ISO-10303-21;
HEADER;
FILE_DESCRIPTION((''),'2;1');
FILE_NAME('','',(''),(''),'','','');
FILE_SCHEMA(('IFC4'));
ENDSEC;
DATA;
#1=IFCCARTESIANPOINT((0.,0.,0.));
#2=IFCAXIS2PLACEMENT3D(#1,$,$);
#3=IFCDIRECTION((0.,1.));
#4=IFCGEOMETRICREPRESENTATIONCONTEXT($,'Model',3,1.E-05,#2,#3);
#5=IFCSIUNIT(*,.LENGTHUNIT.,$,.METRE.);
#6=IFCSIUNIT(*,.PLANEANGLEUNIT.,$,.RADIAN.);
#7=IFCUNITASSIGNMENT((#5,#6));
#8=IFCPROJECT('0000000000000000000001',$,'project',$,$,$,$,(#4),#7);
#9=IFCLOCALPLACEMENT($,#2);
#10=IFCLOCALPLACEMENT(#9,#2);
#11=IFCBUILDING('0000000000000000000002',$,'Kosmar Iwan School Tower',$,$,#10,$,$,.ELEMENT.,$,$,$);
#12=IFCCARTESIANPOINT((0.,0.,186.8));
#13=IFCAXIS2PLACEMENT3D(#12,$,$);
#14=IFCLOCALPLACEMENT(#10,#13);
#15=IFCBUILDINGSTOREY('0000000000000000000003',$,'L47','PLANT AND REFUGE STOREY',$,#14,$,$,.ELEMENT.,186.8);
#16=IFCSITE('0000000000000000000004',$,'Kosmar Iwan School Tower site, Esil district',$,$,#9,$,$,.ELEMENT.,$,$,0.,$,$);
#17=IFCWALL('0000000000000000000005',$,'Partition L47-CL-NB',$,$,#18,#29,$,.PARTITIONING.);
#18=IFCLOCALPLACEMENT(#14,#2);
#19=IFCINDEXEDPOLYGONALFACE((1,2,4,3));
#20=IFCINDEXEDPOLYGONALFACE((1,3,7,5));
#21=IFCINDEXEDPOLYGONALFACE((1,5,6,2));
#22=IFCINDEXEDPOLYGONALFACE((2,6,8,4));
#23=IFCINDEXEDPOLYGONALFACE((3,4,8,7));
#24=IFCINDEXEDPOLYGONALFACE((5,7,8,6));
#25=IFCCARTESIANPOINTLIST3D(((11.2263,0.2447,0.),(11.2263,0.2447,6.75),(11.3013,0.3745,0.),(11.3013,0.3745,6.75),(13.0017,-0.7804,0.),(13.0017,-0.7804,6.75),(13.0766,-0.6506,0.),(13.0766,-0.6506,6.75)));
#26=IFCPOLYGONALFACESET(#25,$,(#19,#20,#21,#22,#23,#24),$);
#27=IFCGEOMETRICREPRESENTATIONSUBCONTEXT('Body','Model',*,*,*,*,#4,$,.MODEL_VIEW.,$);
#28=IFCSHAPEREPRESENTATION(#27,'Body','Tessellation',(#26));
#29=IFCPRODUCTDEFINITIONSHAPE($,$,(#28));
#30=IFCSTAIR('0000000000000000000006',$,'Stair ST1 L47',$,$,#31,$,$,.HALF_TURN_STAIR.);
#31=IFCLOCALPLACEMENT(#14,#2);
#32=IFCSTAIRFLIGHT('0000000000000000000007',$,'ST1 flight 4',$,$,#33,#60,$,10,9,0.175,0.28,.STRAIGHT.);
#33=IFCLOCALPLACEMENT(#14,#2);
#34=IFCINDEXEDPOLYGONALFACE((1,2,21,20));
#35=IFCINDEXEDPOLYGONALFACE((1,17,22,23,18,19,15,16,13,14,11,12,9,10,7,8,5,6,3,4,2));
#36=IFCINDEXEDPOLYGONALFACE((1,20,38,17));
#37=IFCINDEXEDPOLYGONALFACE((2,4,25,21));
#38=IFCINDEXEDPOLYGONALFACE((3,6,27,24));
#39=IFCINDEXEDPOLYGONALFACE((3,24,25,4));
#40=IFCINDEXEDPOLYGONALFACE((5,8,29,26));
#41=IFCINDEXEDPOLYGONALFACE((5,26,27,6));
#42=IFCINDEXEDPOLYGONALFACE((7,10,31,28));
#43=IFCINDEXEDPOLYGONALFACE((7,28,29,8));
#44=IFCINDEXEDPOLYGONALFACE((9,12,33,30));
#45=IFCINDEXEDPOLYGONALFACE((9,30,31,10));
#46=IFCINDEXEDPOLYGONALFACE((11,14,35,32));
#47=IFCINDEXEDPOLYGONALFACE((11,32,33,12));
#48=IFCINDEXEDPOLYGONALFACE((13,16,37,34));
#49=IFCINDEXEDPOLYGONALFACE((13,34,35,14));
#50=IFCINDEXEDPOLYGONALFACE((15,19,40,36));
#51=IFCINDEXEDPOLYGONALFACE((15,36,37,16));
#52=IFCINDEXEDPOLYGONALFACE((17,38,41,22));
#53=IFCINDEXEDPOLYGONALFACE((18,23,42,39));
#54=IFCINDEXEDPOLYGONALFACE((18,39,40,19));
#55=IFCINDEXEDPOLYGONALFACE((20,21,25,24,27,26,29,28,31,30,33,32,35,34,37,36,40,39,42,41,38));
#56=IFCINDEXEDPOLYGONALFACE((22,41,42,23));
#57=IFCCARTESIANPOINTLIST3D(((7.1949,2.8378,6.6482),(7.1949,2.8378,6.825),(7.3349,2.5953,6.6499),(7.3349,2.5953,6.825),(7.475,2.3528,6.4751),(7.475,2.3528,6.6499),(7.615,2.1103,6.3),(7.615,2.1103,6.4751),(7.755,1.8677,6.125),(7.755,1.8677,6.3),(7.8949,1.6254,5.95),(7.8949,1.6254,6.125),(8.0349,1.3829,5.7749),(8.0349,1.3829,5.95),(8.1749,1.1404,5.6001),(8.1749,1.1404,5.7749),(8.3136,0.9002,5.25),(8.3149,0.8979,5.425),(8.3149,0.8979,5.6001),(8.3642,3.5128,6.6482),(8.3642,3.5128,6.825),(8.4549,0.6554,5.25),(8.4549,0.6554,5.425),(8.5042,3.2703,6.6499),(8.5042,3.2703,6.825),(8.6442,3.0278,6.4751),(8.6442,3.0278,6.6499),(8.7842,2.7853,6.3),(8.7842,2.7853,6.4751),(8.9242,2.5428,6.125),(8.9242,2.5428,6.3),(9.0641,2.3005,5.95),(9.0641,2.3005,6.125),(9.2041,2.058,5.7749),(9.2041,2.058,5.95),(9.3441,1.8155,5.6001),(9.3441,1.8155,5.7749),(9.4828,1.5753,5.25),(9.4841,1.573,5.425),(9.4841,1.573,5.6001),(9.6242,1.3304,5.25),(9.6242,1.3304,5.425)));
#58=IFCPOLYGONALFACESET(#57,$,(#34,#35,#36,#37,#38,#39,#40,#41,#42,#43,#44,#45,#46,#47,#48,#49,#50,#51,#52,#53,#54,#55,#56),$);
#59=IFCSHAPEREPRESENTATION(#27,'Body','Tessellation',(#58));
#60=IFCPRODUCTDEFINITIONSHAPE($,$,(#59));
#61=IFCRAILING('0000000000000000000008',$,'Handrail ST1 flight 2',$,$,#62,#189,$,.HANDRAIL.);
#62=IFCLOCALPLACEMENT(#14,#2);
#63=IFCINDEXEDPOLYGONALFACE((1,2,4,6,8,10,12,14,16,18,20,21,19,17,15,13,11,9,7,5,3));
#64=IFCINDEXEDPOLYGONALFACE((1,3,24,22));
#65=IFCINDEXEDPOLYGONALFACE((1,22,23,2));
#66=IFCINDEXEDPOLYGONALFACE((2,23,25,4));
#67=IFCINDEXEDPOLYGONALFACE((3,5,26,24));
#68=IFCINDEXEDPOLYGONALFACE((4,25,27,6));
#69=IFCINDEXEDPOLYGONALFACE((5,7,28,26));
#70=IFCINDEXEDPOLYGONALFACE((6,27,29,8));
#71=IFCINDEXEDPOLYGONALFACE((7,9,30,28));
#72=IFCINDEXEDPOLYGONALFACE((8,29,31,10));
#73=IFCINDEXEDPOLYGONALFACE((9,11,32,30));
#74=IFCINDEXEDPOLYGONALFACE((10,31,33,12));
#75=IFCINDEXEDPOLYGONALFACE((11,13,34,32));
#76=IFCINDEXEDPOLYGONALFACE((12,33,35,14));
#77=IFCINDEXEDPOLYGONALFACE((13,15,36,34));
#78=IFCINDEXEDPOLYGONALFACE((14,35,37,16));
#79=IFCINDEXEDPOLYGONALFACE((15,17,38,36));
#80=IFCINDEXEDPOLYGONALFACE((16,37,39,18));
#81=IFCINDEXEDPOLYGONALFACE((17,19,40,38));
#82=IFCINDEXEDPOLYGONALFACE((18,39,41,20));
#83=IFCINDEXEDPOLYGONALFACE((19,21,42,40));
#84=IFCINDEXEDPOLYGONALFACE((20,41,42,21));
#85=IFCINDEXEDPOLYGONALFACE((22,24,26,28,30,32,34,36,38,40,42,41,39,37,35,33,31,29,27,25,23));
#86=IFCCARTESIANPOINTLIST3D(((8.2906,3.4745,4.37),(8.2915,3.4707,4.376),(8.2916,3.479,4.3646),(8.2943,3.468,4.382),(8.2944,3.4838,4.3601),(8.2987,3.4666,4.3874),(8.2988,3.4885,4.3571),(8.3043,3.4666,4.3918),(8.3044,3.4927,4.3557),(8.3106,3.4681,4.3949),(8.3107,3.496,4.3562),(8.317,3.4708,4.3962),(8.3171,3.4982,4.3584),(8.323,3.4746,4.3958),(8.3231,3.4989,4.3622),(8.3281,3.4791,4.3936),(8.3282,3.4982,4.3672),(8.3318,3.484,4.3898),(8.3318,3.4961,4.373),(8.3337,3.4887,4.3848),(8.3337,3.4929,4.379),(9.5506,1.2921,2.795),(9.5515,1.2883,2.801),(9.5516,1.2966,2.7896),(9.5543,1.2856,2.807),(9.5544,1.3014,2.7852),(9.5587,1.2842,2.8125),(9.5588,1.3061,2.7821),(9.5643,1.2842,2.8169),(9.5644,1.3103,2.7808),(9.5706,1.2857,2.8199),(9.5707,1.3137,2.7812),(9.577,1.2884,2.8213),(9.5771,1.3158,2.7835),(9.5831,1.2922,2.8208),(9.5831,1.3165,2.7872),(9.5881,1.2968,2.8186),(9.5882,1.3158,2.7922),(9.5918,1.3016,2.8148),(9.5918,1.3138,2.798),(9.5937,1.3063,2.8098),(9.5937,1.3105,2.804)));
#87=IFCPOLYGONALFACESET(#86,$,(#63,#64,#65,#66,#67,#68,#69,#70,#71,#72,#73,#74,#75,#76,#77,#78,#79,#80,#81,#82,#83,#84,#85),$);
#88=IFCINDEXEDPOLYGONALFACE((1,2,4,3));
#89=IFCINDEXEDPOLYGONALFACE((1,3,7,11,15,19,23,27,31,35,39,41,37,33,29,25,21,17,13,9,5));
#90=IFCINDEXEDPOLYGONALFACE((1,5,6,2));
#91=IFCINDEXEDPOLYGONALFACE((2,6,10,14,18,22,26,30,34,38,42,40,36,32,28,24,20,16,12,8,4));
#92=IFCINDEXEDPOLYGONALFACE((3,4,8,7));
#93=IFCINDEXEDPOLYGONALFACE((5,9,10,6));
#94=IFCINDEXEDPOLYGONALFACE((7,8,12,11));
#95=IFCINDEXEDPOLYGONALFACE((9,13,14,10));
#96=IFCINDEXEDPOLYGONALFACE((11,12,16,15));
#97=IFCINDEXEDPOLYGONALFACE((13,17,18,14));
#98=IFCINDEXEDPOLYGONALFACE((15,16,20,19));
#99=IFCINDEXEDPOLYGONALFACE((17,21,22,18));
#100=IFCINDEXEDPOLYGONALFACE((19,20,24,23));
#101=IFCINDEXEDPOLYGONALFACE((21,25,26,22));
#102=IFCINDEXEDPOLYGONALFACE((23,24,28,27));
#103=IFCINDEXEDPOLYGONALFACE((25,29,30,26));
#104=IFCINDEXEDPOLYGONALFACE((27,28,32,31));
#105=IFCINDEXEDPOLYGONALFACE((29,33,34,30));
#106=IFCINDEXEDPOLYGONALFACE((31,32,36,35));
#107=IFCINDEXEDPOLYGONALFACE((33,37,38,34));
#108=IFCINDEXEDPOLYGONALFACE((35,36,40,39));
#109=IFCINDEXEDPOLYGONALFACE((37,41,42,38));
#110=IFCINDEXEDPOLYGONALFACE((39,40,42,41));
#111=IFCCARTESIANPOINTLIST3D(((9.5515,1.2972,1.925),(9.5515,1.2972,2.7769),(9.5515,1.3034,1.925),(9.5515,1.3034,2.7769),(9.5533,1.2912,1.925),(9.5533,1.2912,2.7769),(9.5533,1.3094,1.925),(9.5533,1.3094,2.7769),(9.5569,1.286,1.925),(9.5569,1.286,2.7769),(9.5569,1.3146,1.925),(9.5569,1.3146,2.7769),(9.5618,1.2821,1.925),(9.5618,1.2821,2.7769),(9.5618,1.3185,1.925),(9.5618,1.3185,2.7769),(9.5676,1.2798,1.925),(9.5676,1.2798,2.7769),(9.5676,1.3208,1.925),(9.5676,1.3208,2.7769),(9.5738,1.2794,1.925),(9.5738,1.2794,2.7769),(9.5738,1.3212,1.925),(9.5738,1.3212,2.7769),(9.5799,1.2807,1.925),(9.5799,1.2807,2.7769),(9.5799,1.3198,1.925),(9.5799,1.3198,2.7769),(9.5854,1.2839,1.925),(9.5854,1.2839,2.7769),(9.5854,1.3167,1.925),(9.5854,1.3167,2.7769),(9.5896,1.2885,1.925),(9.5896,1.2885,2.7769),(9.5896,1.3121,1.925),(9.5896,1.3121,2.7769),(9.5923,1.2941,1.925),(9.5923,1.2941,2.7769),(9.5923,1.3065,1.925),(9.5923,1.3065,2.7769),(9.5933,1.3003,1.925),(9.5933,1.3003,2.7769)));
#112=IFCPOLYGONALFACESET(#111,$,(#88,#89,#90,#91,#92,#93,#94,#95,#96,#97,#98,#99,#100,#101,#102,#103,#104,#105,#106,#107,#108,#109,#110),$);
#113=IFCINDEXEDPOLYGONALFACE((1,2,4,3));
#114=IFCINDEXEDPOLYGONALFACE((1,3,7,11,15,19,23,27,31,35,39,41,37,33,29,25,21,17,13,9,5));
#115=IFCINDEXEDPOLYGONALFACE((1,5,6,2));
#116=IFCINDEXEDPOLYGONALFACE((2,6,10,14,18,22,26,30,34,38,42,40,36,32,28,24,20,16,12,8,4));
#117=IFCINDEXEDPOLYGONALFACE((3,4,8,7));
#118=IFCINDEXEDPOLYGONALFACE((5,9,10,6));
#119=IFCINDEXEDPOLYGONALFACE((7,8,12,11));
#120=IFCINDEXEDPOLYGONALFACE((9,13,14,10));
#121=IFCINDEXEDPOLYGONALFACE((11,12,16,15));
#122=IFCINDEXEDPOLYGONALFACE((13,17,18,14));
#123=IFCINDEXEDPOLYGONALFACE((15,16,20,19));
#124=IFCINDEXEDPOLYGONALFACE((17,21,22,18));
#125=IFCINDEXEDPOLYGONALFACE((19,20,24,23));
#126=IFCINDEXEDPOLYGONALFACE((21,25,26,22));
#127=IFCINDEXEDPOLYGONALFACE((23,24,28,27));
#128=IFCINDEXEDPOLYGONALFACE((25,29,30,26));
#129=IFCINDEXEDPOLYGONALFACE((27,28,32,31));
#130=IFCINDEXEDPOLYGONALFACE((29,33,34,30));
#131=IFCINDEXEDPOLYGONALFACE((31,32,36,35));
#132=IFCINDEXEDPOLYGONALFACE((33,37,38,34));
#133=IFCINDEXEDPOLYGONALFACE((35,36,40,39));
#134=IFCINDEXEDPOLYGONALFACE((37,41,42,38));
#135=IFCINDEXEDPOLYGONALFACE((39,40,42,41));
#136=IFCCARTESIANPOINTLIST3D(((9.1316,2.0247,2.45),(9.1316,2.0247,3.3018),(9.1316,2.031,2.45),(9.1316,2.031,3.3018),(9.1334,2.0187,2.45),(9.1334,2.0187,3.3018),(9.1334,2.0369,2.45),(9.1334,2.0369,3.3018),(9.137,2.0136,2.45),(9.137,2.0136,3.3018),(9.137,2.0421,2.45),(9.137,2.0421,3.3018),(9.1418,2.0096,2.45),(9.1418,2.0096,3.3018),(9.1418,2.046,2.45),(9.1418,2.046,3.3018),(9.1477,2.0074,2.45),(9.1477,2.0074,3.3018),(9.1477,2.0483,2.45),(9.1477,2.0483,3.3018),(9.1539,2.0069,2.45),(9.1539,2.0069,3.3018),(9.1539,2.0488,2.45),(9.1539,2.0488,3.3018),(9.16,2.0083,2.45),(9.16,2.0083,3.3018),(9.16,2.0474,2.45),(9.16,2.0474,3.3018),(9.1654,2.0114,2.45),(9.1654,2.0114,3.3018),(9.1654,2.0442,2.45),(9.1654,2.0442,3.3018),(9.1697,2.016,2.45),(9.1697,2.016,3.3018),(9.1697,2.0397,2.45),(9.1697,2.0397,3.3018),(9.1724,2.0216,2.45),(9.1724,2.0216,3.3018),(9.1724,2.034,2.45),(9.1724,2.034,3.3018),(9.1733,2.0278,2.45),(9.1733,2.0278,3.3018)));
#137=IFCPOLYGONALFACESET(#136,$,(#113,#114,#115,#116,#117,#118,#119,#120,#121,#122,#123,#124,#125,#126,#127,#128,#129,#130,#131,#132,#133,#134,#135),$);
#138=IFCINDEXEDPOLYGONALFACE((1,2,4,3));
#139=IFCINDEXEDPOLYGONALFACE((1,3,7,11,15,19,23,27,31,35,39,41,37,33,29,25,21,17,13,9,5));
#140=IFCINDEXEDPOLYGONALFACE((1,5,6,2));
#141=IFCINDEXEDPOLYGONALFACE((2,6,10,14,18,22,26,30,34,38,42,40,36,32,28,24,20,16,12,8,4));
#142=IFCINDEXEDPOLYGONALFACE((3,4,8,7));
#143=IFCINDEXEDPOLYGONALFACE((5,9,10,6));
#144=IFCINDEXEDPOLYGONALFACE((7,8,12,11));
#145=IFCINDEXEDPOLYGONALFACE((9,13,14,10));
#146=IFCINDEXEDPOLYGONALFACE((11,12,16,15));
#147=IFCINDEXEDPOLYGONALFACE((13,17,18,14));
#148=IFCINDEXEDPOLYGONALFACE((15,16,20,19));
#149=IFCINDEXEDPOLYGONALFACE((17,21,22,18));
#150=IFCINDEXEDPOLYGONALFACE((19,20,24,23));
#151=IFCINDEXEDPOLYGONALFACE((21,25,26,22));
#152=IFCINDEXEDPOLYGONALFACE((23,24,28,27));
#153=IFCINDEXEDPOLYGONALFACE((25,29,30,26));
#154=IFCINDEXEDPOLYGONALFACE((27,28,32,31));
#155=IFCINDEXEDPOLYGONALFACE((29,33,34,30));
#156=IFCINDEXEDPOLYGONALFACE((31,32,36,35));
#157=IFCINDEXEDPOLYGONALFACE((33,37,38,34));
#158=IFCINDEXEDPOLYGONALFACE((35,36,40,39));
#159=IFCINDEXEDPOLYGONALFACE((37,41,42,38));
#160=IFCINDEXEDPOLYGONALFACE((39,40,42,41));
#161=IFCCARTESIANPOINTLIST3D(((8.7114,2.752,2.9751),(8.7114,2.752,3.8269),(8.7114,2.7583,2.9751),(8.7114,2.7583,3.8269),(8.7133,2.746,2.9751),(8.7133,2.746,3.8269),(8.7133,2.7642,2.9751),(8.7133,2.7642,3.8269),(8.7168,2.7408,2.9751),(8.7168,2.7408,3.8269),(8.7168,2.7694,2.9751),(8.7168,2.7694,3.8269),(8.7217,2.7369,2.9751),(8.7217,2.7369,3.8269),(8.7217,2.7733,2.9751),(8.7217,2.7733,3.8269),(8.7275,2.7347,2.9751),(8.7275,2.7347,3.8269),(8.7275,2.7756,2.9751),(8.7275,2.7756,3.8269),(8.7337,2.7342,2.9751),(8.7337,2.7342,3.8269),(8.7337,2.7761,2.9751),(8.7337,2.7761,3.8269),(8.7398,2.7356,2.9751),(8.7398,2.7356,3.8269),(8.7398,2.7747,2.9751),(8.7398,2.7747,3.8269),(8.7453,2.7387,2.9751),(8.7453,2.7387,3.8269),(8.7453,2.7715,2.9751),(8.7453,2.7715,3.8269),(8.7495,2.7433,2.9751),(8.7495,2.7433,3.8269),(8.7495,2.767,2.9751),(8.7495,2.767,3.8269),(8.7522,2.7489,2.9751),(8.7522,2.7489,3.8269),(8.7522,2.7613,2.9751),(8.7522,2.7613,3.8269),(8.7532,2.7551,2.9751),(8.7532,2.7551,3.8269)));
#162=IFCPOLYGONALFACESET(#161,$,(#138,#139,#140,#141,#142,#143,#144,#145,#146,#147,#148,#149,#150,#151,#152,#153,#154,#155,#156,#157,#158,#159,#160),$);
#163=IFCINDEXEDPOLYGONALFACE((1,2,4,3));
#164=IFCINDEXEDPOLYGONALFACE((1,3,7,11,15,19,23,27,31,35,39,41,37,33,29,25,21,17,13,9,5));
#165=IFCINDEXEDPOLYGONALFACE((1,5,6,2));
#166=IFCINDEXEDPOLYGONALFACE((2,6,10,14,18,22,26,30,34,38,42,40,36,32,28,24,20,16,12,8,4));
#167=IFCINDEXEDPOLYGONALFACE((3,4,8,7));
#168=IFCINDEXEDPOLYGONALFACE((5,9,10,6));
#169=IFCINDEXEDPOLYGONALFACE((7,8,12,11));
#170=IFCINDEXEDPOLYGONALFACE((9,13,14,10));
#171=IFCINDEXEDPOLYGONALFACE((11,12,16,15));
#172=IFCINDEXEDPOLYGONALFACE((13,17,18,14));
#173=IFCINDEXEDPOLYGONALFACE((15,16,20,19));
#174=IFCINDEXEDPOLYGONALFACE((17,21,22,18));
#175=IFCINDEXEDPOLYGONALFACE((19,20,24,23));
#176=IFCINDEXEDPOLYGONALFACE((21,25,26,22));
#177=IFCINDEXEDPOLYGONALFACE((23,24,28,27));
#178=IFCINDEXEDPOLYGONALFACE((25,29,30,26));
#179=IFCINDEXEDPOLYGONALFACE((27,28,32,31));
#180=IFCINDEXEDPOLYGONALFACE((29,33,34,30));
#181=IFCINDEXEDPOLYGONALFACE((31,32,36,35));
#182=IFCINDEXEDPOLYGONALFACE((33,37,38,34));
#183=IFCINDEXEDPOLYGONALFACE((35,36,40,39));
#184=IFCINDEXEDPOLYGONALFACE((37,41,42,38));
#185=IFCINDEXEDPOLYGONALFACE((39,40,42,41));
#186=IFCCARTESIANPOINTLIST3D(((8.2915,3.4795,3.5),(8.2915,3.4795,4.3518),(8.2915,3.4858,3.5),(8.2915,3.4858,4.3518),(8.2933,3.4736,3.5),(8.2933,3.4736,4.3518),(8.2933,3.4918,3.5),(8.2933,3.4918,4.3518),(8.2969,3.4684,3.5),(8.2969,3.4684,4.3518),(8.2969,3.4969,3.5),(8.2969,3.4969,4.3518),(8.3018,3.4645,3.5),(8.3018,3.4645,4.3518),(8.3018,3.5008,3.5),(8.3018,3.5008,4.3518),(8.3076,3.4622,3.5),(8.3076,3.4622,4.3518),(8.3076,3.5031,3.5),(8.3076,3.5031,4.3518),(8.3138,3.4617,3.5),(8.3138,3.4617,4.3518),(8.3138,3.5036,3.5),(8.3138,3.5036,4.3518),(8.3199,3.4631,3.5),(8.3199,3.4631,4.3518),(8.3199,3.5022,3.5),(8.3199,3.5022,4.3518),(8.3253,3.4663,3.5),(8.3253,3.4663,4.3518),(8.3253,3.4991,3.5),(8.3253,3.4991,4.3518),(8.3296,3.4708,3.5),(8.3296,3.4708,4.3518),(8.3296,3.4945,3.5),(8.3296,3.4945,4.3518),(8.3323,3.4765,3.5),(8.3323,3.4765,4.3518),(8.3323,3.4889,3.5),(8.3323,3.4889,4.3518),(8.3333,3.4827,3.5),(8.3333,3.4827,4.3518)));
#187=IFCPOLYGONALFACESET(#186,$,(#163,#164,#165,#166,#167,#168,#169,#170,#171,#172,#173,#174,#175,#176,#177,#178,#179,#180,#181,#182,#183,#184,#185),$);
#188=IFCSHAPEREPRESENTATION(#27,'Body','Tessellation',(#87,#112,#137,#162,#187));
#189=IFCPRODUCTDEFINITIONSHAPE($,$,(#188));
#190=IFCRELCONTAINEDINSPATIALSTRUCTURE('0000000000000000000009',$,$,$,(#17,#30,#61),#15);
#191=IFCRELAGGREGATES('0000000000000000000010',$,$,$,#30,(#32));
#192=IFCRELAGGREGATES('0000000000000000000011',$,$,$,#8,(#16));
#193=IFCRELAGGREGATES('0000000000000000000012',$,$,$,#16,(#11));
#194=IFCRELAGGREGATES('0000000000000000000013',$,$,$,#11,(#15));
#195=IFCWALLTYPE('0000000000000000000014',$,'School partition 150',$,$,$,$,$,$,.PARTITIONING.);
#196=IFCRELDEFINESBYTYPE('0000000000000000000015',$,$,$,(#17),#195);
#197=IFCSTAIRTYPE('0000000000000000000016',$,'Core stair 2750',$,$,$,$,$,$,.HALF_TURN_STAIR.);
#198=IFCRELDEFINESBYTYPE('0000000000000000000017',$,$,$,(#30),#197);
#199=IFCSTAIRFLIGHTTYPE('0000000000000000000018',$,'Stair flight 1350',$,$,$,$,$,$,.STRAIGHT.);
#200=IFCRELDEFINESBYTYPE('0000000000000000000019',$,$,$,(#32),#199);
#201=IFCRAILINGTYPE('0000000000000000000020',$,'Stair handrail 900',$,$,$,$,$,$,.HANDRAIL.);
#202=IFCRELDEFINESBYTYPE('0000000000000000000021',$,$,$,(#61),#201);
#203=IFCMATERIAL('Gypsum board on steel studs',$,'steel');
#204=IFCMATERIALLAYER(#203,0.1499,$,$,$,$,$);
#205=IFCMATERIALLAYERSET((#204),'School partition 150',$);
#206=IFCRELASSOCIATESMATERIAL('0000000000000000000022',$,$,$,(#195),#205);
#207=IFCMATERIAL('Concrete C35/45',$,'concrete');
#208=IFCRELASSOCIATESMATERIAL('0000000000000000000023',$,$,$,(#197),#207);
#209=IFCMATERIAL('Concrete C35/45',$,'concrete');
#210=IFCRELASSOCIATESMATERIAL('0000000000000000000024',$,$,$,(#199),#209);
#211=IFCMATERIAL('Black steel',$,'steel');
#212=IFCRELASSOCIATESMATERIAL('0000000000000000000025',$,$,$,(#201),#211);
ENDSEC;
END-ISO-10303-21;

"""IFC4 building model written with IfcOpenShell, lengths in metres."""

from ifc_helpers import new_model, si_unit, direction, frame, frame_2d, origin, origin_2d, place, context, subcontext, project, spatial, polyline, rectangle, circle, outline, extrude, material, layer, layer_set, type_object, element, aggregate, save


model = new_model("IFC4")

# Units and contexts
model_context = context("Model", 3, precision=1e-05, world=origin(), true_north=direction((0.0, 1.0)))
body_context = subcontext(model_context, "Body", "Model", "MODEL_VIEW")
ifc_project = project(units=[si_unit("LENGTHUNIT", "METRE"), si_unit("PLANEANGLEUNIT", "RADIAN")], contexts=[model_context])

# Site, building, storey
site_placement = place(None, origin())
site = spatial("IfcSite", under=ifc_project, at=site_placement, Name="Kosmar Iwan School Tower site, Esil district", CompositionType="ELEMENT", RefElevation=0.0)
building_placement = place(site_placement, origin())
building = spatial("IfcBuilding", under=site, at=building_placement, Name="Kosmar Iwan School Tower", CompositionType="ELEMENT")
storey_placement = place(building_placement, frame((0.0, 0.0, 186.8)))
storey = spatial("IfcBuildingStorey", under=building, at=storey_placement, Name="L47", Description="PLANT AND REFUGE STOREY", CompositionType="ELEMENT", Elevation=186.8)

# Wall
ifc_material_1 = material(Name="Gypsum board on steel studs", Category="steel")
ifc_layer_1 = layer(ifc_material_1, 0.1499)
ifc_layer_set_1 = layer_set([ifc_layer_1], Name="School partition 150")
wall_type_1 = type_object("IfcWallType", Name="School partition 150", PredefinedType="PARTITIONING", material=ifc_layer_set_1)
wall_1_placement = place(storey_placement, frame((11.2639, 0.3096, 0.0), z_axis=(0.0, 0.0, 1.0), x_axis=(0.865999, -0.500045, 0.0)))
element("IfcWall", 1, at=wall_1_placement, inside=storey, type_object=wall_type_1, Name="Partition L47-CL-NB", PredefinedType="PARTITIONING", context=body_context, shape_type="SweptSolid", body=[
    extrude(rectangle(XDim=2.05, YDim=0.1499, at=frame_2d((1.0249, 0.0))), origin(), (0.0, 0.0, 1.0), 6.75),
])

# Stair, stair flight
ifc_material_2 = material(Name="Concrete C35/45", Category="concrete")
stair_type = type_object("IfcStairType", Name="Core stair 2750", PredefinedType="HALF_TURN_STAIR", material=ifc_material_2)
stair_placement = place(storey_placement, origin())
stair = element("IfcStair", 2, at=stair_placement, inside=storey, type_object=stair_type, Name="Stair ST1 L47", PredefinedType="HALF_TURN_STAIR")
ifc_material_3 = material(Name="Concrete C35/45", Category="concrete")
stair_flight_type = type_object("IfcStairFlightType", Name="Stair flight 1350", PredefinedType="STRAIGHT", material=ifc_material_3)
stair_flight_placement = place(storey_placement, frame((9.0396, 0.9929, 5.25), z_axis=(0.0, 0.0, 1.0), x_axis=(-0.5, 0.866025, 0.0)))
stair_flight = element("IfcStairFlight", 3, at=stair_flight_placement, type_object=stair_flight_type, Name="ST1 flight 4", NumberOfRisers=10, NumberOfTreads=9, PredefinedType="STRAIGHT", RiserHeight=0.175, TreadLength=0.28, context=body_context, shape_type="SweptSolid", body=[
    extrude(outline(polyline([(0.0, 0.0), (0.0, 0.175), (0.28, 0.175), (0.28, 0.3501), (0.5601, 0.3501), (0.5601, 0.5249), (0.8401, 0.5249), (0.8401, 0.7), (1.1201, 0.7), (1.1201, 0.875), (1.3999, 0.875), (1.3999, 1.05), (1.6799, 1.05), (1.6799, 1.2251), (1.96, 1.2251), (1.96, 1.3999), (2.24, 1.3999), (2.24, 1.575), (2.52, 1.575), (2.52, 1.75), (2.52, 1.3982), (0.2827, 0.0), (0.0, 0.0)])), frame((0.0, 0.675, 0.0), z_axis=(0.0, -1.0, 0.0), x_axis=(1.0, 0.0, 0.0)), (0.0, 0.0, 1.0), 1.3501),
])
aggregate(stair, [stair_flight])

# Railing
ifc_material_4 = material(Name="Black steel", Category="steel")
railing_type = type_object("IfcRailingType", Name="Stair handrail 900", PredefinedType="HANDRAIL", material=ifc_material_4)
for number, where, name in (
    (4, (9.5723, 1.3003, 1.925), "Handrail ST1 flight 2"),
):
    element("IfcRailing", number, at=place(storey_placement, frame(where)), inside=storey, type_object=railing_type, Name=name, PredefinedType="HANDRAIL", context=body_context, shape_type="SweptSolid", body=[
        extrude(circle(Radius=0.0239, at=origin_2d()), frame((0.0, 0.0, 0.876), z_axis=(-0.424007, 0.734392, 0.529988), x_axis=(-0.866023, -0.500005, 0.0)), (0.0, 0.0, 1.0), 2.9717),
        extrude(circle(Radius=0.021, at=origin_2d()), origin(), (0.0, 0.0, 1.0), 0.8518),
        extrude(circle(Radius=0.021, at=origin_2d()), frame((-0.4199, 0.7275, 0.5249)), (0.0, 0.0, 1.0), 0.8518),
        extrude(circle(Radius=0.021, at=origin_2d()), frame((-0.8401, 1.4548, 1.05)), (0.0, 0.0, 1.0), 0.8518),
        extrude(circle(Radius=0.021, at=origin_2d()), frame((-1.26, 2.1824, 1.575)), (0.0, 0.0, 1.0), 0.8518),
    ])

save(model, "model.ifc")
